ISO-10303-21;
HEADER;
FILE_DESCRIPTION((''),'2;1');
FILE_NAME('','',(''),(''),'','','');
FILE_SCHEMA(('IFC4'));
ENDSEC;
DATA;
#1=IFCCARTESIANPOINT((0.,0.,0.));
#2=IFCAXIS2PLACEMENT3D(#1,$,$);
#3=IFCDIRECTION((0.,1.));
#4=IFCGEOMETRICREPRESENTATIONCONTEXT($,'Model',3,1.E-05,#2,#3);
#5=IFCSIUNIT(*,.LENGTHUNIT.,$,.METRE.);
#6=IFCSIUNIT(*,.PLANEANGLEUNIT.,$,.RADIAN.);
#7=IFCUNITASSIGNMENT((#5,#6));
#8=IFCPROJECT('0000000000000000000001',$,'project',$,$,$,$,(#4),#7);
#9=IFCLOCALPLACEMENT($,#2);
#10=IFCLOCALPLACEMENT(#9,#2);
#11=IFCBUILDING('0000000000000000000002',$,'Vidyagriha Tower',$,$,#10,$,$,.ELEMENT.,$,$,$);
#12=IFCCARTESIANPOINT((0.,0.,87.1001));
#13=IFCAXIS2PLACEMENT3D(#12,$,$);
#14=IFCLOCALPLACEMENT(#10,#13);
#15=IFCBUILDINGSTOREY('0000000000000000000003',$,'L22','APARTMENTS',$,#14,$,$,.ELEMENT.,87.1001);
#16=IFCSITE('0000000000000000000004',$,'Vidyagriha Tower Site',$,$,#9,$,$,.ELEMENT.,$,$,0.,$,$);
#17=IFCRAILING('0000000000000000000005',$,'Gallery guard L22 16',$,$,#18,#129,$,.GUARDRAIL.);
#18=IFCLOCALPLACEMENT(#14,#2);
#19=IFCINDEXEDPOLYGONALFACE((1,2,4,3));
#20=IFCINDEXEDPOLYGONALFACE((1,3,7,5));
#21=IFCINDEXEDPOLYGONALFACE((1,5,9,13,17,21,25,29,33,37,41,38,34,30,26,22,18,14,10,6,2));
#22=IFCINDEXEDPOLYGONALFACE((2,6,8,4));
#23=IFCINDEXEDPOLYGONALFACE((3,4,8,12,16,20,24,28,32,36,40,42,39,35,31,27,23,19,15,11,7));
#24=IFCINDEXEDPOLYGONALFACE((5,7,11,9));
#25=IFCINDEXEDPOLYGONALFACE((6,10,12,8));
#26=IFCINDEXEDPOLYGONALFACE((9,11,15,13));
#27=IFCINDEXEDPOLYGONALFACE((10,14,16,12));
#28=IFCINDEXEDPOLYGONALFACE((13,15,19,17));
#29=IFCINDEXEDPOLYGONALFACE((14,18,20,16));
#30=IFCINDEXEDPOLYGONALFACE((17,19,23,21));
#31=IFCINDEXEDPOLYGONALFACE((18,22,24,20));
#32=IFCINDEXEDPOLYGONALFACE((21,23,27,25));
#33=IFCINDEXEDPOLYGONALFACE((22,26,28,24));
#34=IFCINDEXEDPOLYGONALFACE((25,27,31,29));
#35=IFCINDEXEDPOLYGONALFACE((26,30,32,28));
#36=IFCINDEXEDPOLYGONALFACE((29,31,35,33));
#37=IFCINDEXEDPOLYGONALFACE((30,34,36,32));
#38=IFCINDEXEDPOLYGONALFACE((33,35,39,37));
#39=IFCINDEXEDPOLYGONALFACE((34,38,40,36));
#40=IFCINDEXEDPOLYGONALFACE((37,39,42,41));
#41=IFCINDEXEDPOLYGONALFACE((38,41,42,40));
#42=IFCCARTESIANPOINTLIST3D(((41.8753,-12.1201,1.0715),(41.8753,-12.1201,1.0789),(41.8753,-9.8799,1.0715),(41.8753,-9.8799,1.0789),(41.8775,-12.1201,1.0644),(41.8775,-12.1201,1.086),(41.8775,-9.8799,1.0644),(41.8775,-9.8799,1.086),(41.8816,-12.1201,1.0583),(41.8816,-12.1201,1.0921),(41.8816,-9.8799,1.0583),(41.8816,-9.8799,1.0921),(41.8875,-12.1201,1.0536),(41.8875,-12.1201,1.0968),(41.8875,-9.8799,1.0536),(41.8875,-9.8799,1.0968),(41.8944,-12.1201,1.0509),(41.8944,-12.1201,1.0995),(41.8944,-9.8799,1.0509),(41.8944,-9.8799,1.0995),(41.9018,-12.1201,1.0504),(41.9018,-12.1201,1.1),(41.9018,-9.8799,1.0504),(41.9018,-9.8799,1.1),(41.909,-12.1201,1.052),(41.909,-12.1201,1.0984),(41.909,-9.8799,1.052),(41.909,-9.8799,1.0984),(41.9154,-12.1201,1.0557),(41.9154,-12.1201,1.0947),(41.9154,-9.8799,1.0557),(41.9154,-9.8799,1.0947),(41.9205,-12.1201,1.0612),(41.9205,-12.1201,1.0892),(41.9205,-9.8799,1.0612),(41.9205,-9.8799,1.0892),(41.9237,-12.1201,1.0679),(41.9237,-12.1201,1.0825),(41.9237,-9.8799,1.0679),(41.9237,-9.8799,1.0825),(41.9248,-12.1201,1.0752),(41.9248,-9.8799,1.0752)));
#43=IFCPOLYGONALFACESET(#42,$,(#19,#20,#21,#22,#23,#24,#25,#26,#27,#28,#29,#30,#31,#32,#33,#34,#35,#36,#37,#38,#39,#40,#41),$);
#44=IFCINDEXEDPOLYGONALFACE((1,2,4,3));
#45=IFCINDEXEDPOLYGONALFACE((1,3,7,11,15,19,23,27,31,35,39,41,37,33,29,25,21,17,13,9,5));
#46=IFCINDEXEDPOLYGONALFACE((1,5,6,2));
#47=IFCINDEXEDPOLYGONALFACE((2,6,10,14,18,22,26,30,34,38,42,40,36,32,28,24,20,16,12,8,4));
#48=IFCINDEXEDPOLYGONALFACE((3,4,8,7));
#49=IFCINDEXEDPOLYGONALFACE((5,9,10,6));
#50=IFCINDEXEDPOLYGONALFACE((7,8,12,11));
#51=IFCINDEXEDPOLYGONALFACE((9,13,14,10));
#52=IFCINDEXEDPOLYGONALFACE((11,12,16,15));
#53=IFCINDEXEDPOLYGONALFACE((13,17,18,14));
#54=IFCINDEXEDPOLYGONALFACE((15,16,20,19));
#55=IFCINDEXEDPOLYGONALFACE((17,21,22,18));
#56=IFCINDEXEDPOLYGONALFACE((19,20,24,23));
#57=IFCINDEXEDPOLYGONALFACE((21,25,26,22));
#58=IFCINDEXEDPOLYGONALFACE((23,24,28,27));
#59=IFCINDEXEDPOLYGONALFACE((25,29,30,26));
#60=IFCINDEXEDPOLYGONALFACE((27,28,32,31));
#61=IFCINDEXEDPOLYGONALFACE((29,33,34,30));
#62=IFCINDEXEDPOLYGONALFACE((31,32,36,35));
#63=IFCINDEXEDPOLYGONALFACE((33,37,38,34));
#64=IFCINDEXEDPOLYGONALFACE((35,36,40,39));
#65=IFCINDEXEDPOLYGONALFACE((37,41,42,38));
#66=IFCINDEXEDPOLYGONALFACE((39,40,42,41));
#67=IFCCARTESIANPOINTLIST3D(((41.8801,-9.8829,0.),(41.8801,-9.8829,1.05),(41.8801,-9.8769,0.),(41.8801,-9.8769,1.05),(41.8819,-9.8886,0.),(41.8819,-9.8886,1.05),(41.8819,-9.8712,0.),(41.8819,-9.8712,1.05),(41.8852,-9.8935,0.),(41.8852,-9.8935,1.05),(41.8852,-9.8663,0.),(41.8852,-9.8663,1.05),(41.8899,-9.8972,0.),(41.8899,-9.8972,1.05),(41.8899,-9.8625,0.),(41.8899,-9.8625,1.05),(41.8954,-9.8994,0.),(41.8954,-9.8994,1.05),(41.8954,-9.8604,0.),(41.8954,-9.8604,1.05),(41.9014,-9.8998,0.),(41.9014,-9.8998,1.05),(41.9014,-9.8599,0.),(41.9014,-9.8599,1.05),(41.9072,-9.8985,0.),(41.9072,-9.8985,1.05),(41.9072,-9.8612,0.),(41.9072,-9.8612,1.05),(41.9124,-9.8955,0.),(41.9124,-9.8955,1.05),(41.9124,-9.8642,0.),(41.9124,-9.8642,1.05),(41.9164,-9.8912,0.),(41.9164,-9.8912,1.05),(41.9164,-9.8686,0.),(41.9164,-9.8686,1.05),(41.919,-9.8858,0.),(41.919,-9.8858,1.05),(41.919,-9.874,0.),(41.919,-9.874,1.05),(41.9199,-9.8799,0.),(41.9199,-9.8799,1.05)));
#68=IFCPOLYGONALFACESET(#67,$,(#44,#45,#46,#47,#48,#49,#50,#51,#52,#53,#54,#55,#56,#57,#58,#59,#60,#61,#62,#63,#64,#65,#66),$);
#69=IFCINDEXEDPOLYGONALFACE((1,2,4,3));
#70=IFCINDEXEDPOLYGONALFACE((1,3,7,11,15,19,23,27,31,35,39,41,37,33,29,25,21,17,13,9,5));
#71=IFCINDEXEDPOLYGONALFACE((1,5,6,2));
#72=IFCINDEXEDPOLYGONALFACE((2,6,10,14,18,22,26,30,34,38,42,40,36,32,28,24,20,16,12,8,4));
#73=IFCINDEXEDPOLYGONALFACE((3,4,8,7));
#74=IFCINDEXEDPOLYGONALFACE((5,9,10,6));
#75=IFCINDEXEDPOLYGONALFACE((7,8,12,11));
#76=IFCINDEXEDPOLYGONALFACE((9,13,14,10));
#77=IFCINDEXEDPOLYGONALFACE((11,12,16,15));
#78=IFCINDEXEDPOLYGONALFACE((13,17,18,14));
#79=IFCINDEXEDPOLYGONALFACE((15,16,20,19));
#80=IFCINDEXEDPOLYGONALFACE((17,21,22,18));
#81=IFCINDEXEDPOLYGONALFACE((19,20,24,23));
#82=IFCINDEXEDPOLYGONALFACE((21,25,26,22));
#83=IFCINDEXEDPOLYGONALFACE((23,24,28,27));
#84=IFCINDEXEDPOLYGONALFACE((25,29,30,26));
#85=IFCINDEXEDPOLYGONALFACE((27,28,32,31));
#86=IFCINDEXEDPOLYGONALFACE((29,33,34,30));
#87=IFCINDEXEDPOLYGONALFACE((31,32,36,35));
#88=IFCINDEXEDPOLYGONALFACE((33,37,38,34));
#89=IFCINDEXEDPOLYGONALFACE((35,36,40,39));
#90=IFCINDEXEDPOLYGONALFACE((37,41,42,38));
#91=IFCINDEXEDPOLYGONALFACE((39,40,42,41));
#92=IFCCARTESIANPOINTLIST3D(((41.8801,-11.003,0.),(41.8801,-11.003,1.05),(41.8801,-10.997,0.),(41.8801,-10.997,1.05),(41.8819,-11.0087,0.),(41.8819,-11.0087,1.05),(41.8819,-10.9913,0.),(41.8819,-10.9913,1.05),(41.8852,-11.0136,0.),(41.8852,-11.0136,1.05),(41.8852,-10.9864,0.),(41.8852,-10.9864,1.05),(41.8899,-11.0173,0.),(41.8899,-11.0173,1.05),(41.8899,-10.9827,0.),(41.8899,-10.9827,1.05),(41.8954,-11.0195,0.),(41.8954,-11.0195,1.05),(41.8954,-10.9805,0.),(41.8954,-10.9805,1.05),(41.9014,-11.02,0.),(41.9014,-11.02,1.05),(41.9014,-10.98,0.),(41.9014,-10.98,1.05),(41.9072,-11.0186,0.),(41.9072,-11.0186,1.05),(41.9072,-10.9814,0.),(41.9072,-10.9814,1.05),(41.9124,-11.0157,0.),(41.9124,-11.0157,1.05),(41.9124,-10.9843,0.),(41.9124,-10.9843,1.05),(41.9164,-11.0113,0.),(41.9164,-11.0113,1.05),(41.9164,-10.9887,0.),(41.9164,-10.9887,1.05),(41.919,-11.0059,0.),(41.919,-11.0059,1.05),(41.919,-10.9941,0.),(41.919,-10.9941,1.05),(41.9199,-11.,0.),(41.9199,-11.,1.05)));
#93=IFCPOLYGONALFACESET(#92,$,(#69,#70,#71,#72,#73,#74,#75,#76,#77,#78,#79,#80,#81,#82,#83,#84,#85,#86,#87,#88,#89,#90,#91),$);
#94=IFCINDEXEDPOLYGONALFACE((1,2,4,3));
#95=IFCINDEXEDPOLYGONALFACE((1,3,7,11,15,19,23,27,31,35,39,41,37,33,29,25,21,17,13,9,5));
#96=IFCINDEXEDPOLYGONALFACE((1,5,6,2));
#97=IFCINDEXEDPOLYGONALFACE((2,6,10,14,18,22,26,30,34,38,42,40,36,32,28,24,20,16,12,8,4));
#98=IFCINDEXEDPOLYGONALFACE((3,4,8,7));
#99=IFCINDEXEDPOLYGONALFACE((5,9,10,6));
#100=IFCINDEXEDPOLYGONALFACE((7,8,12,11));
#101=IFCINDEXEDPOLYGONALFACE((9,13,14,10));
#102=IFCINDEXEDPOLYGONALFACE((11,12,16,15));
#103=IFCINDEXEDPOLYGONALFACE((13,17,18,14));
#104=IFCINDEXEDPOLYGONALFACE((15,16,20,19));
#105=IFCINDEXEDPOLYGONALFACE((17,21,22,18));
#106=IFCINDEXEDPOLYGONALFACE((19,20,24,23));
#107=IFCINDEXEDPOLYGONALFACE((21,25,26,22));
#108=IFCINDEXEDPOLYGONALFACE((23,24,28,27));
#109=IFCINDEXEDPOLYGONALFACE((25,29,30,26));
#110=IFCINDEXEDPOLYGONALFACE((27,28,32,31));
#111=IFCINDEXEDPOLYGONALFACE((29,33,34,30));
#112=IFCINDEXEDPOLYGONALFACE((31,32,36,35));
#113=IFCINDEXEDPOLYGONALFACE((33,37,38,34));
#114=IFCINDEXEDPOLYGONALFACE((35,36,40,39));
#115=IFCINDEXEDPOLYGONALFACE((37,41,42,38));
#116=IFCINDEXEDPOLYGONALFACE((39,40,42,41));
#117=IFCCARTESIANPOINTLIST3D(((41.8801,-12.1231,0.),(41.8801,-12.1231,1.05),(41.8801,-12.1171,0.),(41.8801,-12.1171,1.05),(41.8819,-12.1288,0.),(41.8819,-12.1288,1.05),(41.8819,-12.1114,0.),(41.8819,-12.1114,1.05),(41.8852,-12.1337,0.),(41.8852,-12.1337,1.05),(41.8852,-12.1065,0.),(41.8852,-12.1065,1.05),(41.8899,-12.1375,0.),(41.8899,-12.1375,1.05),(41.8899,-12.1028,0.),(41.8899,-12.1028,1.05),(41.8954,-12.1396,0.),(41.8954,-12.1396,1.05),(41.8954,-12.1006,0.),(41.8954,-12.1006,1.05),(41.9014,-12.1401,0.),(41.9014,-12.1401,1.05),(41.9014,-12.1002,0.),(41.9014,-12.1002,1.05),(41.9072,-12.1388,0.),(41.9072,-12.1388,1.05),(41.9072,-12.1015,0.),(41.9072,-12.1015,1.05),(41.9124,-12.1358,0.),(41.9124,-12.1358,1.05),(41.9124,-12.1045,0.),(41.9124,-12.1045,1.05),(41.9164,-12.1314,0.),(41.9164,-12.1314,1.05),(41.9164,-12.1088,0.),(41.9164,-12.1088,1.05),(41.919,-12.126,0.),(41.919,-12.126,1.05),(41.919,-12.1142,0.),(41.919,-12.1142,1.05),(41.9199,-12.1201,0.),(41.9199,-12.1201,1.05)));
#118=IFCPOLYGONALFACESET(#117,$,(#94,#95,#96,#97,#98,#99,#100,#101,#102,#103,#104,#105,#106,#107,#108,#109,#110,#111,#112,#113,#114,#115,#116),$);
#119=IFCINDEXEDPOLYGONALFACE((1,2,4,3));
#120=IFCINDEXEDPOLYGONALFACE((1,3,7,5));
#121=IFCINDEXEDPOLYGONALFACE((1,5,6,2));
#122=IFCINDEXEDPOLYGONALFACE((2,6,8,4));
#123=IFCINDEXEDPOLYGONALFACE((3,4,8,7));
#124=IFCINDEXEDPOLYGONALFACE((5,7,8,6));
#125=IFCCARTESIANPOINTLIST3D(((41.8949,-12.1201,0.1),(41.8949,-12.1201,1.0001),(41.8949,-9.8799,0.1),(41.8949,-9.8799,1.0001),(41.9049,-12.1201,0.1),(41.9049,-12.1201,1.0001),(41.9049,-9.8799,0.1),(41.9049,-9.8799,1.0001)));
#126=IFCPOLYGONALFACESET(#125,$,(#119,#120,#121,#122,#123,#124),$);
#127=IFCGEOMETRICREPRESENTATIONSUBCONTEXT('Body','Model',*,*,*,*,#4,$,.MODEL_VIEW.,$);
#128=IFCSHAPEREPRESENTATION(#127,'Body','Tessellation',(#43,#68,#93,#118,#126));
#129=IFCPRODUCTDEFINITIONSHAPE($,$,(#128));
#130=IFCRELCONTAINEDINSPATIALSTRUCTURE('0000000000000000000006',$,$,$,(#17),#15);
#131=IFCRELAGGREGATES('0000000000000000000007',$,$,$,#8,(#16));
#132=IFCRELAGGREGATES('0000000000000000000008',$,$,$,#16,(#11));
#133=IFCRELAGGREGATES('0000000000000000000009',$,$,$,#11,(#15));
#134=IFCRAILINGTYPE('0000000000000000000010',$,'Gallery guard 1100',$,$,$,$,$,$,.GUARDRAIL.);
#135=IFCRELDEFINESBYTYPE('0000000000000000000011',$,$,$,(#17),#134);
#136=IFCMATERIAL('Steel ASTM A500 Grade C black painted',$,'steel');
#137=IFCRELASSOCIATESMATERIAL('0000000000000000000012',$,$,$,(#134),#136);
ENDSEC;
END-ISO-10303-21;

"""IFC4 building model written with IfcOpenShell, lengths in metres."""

from ifc_helpers import new_model, si_unit, direction, frame, origin, origin_2d, place, context, subcontext, project, spatial, rectangle, circle, extrude, material, type_object, element, save


model = new_model("IFC4")

# Units and contexts
model_context = context("Model", 3, precision=1e-05, world=origin(), true_north=direction((0.0, 1.0)))
body_context = subcontext(model_context, "Body", "Model", "MODEL_VIEW")
ifc_project = project(units=[si_unit("LENGTHUNIT", "METRE"), si_unit("PLANEANGLEUNIT", "RADIAN")], contexts=[model_context])

# Site, building, storey
site_placement = place(None, origin())
site = spatial("IfcSite", under=ifc_project, at=site_placement, Name="Vidyagriha Tower Site", CompositionType="ELEMENT", RefElevation=0.0)
building_placement = place(site_placement, origin())
building = spatial("IfcBuilding", under=site, at=building_placement, Name="Vidyagriha Tower", CompositionType="ELEMENT")
storey_placement = place(building_placement, frame((0.0, 0.0, 87.1001)))
storey = spatial("IfcBuildingStorey", under=building, at=storey_placement, Name="L22", Description="APARTMENTS", CompositionType="ELEMENT", Elevation=87.1001)

# Railing
ifc_material_1 = material(Name="Steel ASTM A500 Grade C black painted", Category="steel")
railing_type_1 = type_object("IfcRailingType", Name="Gallery guard 1100", PredefinedType="GUARDRAIL", material=ifc_material_1)
railing_1_placement = place(storey_placement, frame((41.8999, -9.8799, 0.0)))
element("IfcRailing", 1, at=railing_1_placement, inside=storey, type_object=railing_type_1, Name="Gallery guard L22 16", PredefinedType="GUARDRAIL", context=body_context, shape_type="SweptSolid", body=[
    extrude(circle(Radius=0.0249, at=origin_2d()), frame((0.0, 0.0, 1.0752), z_axis=(0.0, -1.0, 0.0), x_axis=(1.0, 0.0, 0.0)), (0.0, 0.0, 1.0), 2.2402),
    extrude(circle(Radius=0.02, at=origin_2d()), origin(), (0.0, 0.0, 1.0), 1.05),
    extrude(circle(Radius=0.02, at=origin_2d()), frame((0.0, -1.1201, 0.0)), (0.0, 0.0, 1.0), 1.05),
    extrude(circle(Radius=0.02, at=origin_2d()), frame((0.0, -2.2402, 0.0)), (0.0, 0.0, 1.0), 1.05),
    extrude(rectangle(XDim=0.01, YDim=0.9001, at=origin_2d()), frame((0.0, 0.0, 0.55), z_axis=(0.0, -1.0, 0.0), x_axis=(1.0, 0.0, 0.0)), (0.0, 0.0, 1.0), 2.2402),
])

save(model, "model.ifc")
